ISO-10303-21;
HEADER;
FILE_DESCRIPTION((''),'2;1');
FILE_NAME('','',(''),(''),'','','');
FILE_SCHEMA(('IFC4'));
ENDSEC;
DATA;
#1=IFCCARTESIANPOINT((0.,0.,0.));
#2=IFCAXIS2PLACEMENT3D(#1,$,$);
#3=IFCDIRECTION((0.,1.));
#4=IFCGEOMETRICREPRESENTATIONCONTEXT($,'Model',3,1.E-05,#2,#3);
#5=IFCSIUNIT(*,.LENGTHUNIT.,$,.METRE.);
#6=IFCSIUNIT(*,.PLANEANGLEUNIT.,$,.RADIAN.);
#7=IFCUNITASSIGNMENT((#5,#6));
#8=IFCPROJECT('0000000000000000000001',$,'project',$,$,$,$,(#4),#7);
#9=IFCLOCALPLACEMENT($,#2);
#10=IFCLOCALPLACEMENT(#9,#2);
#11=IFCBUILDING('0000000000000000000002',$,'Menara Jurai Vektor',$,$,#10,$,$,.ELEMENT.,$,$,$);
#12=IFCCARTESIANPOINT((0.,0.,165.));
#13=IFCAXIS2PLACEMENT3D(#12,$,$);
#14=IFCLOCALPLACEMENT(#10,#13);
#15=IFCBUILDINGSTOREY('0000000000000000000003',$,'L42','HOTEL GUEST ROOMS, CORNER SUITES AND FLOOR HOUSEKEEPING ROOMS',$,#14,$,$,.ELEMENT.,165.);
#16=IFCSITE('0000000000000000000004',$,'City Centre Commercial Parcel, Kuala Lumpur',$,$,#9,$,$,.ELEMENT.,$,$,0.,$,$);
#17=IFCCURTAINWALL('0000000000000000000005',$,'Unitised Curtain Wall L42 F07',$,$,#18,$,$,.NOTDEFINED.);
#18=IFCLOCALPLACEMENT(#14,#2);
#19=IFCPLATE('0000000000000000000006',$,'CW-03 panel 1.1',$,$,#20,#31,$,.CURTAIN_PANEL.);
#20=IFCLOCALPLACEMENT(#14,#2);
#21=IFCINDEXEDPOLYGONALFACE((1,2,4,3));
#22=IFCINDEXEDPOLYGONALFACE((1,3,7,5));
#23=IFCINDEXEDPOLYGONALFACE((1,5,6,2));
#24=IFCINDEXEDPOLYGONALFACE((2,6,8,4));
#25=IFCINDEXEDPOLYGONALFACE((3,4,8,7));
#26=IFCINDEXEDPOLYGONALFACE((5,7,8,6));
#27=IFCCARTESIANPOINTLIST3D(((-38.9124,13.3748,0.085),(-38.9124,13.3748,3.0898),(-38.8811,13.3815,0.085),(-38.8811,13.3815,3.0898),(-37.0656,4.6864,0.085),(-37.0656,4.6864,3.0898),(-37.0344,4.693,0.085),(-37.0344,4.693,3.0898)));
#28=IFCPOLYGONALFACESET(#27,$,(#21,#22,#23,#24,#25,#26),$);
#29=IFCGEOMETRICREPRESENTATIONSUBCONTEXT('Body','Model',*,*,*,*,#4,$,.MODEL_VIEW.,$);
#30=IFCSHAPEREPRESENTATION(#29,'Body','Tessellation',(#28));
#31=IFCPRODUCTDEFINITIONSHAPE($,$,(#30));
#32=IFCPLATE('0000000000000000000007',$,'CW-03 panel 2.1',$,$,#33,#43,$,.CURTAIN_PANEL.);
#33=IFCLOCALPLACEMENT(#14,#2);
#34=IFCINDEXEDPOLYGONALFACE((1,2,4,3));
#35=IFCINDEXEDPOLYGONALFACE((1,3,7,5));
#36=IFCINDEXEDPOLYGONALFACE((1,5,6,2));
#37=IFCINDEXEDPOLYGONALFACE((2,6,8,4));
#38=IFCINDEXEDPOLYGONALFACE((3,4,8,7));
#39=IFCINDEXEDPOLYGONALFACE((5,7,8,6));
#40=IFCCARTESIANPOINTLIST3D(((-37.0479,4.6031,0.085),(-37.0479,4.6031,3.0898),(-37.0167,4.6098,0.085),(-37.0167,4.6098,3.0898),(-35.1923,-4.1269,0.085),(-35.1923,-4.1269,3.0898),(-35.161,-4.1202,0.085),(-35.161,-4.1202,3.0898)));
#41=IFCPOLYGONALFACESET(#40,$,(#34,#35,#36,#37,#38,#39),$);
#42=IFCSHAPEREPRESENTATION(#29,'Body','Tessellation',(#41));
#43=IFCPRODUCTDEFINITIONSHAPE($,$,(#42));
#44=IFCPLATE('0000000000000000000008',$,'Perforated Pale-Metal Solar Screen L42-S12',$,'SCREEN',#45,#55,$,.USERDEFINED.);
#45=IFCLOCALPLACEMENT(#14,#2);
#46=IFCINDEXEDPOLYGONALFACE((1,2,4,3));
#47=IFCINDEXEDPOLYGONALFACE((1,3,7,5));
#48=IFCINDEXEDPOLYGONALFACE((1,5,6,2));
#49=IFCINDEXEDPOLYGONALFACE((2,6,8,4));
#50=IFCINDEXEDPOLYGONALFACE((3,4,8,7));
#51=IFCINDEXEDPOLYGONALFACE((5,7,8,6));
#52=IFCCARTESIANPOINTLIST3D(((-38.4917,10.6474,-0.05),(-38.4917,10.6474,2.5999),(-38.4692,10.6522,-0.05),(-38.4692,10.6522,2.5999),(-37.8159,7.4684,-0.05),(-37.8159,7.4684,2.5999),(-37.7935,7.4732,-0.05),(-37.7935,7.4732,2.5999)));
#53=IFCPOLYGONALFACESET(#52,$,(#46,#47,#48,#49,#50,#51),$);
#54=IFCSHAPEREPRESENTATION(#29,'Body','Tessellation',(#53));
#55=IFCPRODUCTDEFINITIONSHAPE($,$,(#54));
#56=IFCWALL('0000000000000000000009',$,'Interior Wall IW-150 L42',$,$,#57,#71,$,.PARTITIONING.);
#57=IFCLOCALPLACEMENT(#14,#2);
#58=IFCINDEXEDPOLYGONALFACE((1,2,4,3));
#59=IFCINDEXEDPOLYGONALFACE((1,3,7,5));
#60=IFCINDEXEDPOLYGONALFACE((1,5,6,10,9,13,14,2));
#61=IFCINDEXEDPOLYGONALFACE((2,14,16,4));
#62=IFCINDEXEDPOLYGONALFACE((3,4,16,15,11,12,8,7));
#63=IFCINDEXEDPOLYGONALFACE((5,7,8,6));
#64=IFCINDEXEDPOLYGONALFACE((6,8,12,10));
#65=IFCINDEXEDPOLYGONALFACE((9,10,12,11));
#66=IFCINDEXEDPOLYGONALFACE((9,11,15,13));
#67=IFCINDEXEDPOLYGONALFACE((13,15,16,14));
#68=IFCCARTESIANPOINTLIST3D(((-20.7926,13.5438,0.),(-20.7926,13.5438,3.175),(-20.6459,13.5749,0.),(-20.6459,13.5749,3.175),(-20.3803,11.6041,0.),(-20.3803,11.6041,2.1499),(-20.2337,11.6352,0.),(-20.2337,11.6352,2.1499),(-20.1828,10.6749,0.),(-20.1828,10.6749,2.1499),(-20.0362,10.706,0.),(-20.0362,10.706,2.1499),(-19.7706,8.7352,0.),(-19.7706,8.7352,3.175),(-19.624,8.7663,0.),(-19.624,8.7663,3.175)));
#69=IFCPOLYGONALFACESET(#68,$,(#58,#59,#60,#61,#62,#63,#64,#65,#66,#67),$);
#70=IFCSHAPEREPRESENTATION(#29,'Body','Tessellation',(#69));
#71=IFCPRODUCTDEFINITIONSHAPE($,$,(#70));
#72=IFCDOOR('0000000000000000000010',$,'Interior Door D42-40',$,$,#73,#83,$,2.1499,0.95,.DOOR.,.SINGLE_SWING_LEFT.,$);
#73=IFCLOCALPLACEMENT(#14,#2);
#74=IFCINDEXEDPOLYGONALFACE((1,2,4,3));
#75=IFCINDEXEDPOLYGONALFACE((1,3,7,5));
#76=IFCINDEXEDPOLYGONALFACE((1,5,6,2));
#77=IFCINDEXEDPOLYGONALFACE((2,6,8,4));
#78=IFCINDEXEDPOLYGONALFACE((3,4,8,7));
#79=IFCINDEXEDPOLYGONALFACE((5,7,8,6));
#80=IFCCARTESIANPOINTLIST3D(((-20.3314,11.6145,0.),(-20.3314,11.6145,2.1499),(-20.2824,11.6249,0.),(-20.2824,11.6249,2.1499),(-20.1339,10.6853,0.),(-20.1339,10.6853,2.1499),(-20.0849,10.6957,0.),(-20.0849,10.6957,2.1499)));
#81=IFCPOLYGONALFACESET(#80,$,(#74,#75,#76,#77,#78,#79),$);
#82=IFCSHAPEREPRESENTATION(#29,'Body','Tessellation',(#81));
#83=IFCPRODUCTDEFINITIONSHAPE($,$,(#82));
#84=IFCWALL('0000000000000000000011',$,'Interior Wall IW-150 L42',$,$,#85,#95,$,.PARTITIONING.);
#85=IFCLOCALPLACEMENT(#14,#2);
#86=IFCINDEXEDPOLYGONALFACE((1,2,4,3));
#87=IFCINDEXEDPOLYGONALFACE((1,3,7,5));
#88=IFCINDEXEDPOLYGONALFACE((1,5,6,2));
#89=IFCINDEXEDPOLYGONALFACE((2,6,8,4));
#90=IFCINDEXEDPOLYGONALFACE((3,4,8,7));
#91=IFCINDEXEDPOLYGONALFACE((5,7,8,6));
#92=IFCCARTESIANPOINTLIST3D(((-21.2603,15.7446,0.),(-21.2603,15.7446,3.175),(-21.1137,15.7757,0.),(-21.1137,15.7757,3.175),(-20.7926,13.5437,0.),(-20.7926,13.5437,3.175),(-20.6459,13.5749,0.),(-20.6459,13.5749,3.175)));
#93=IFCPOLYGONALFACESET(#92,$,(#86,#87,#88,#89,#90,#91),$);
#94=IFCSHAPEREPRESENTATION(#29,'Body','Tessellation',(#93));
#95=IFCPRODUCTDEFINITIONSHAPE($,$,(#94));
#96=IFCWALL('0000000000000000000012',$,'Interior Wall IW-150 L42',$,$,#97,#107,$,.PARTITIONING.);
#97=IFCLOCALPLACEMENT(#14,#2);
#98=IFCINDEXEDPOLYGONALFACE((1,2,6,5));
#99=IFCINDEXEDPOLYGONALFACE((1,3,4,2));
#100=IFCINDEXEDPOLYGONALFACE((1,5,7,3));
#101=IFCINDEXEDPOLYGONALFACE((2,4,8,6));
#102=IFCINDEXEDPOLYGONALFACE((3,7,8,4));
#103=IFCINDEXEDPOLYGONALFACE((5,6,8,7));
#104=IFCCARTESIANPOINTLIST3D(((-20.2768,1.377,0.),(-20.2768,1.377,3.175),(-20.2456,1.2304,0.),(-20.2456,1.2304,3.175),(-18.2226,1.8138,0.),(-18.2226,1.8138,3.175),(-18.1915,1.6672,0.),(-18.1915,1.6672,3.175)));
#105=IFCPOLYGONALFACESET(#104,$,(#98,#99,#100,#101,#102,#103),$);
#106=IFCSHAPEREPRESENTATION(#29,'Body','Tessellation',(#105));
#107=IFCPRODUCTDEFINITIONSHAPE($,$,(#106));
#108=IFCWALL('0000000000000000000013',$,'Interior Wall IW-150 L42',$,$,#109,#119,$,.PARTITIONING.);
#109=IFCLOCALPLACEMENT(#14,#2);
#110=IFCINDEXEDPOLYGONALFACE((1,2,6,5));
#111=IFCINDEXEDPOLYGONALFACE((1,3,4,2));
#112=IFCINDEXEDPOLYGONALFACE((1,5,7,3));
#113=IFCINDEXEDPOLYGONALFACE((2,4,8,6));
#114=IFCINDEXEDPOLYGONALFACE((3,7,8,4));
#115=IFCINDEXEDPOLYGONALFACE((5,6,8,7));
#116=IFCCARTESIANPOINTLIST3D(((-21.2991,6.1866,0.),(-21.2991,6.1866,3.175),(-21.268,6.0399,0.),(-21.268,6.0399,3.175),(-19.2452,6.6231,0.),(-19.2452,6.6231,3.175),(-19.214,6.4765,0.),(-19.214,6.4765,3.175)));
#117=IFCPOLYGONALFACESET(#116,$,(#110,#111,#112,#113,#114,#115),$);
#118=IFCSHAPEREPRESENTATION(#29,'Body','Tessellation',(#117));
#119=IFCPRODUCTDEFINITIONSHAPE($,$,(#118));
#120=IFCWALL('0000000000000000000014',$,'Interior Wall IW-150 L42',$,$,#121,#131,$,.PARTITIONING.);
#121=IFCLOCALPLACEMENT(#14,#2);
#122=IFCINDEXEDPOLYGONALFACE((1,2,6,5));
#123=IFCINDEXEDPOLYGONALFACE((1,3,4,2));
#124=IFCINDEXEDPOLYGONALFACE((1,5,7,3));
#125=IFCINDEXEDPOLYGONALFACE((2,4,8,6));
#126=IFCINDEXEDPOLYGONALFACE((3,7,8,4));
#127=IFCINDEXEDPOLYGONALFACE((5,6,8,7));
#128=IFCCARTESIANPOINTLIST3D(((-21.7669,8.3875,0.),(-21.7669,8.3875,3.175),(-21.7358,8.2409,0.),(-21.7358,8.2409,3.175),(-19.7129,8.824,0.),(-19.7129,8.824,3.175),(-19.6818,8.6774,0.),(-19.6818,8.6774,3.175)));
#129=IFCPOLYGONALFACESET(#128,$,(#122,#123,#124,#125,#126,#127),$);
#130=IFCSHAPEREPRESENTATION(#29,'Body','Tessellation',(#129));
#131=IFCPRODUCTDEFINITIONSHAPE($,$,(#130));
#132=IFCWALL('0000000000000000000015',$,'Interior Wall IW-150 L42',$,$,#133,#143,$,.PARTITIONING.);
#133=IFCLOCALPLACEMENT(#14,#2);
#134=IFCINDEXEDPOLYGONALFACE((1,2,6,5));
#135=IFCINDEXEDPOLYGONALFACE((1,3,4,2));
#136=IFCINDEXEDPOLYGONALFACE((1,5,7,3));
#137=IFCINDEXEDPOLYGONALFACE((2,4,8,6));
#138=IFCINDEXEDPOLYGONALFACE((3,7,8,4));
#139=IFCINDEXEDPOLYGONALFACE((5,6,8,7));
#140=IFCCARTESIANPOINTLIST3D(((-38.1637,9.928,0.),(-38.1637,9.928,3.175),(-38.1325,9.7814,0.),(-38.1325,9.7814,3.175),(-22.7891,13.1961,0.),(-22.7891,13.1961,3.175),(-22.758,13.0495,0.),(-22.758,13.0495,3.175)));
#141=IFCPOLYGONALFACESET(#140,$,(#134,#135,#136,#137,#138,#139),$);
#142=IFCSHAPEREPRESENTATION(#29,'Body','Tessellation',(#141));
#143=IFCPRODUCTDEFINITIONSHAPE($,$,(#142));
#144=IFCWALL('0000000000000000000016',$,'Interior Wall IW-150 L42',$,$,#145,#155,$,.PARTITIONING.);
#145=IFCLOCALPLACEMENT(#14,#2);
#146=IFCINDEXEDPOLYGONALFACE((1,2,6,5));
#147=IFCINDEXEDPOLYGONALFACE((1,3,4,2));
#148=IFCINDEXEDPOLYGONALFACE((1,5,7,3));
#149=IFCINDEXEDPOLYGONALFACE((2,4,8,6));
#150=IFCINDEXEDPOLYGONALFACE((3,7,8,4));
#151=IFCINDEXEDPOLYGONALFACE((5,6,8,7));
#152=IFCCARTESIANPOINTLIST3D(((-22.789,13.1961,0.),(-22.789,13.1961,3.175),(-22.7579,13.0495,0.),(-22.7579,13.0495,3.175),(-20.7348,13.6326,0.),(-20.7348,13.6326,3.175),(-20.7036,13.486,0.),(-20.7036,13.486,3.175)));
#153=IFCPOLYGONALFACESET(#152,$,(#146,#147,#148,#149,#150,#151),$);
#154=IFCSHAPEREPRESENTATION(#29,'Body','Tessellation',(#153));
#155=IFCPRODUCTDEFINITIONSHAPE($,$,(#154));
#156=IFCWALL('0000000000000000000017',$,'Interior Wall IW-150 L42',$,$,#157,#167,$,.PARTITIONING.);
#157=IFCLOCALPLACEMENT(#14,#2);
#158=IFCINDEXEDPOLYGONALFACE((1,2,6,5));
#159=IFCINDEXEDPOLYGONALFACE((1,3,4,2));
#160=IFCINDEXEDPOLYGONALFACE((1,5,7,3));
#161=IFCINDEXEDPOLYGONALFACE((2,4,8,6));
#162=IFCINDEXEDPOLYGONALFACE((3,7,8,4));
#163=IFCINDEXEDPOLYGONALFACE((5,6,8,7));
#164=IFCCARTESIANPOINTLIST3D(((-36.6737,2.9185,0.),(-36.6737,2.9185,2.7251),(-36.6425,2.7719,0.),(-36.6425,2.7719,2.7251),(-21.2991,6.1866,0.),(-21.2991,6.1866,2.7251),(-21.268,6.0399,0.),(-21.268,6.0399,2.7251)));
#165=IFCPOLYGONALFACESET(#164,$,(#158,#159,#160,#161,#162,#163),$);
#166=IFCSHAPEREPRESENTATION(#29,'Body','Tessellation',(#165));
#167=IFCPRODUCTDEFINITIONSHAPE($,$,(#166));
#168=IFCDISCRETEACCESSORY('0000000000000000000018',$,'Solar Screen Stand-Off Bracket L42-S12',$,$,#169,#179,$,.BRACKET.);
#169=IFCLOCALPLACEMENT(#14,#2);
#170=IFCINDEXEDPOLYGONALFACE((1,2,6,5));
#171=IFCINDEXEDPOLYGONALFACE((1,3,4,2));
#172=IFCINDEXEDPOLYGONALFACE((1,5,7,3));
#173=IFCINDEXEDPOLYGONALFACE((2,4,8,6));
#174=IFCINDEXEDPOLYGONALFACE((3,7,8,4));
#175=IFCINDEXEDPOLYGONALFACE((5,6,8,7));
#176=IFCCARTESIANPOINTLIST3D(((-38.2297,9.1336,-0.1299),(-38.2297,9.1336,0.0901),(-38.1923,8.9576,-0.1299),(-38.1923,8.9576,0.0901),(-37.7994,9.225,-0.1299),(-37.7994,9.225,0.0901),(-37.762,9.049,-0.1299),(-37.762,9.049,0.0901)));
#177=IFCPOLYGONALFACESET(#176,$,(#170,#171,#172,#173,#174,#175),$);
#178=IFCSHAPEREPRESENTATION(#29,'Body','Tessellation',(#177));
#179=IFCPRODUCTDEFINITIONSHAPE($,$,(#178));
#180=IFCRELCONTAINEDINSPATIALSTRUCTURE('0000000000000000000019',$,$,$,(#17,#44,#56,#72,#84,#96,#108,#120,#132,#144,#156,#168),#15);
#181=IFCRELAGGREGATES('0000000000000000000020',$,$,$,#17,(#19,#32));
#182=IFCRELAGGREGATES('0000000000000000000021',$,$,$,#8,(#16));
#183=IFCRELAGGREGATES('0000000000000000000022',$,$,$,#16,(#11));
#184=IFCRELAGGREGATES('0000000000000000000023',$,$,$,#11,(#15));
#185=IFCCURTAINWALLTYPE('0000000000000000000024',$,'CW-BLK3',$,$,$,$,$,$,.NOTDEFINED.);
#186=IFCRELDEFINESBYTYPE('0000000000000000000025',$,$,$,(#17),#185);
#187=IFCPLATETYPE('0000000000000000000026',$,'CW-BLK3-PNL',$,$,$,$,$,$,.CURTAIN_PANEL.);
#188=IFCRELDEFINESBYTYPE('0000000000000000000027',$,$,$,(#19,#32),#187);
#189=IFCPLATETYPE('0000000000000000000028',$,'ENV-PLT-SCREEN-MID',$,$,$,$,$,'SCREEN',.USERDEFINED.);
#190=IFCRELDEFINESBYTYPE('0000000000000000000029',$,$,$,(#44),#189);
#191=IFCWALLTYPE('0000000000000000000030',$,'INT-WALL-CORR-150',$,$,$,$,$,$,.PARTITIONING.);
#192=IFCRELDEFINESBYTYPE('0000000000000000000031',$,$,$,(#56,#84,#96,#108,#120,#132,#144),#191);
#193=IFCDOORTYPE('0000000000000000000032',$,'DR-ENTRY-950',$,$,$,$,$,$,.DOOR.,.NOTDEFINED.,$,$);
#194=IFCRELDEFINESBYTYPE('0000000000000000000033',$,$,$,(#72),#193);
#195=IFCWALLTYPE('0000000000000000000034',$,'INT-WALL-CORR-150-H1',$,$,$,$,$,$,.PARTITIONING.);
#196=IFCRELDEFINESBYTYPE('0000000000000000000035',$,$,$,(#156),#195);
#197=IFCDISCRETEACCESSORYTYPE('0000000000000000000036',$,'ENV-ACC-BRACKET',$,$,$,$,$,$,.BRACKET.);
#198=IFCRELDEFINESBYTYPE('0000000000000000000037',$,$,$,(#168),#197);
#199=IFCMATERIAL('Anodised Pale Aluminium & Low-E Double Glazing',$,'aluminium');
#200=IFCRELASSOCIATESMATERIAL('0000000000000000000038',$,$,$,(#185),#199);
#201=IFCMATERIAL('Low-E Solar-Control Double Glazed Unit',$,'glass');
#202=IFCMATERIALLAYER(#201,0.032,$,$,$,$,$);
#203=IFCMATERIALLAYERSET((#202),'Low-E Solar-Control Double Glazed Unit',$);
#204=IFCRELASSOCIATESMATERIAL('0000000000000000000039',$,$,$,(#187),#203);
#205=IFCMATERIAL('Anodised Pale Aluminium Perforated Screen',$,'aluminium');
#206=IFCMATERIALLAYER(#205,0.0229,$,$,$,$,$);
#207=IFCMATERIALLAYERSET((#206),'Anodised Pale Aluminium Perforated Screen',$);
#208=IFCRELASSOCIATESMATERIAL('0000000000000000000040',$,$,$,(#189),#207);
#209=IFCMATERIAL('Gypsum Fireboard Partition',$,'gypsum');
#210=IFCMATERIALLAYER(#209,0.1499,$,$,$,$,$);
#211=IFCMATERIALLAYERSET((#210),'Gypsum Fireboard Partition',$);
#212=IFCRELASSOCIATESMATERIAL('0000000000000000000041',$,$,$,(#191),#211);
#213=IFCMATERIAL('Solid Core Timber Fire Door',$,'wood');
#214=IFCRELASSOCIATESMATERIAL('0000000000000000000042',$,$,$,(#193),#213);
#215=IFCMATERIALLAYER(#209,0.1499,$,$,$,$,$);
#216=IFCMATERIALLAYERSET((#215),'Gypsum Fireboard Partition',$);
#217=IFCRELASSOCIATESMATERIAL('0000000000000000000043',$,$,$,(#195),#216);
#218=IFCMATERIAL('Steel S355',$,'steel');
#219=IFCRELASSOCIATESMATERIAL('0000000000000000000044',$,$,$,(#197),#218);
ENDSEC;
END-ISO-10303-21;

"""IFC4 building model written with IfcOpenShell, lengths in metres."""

from ifc_helpers import new_model, si_unit, direction, frame, frame_2d, origin, origin_2d, place, context, subcontext, project, spatial, rectangle, extrude, material, layer, layer_set, type_object, element, fill, aggregate, save


model = new_model("IFC4")

# Units and contexts
model_context = context("Model", 3, precision=1e-05, world=origin(), true_north=direction((0.0, 1.0)))
body_context = subcontext(model_context, "Body", "Model", "MODEL_VIEW")
ifc_project = project(units=[si_unit("LENGTHUNIT", "METRE"), si_unit("PLANEANGLEUNIT", "RADIAN")], contexts=[model_context])

# Site, building, storey
site_placement = place(None, origin())
site = spatial("IfcSite", under=ifc_project, at=site_placement, Name="City Centre Commercial Parcel, Kuala Lumpur", CompositionType="ELEMENT", RefElevation=0.0)
building_placement = place(site_placement, origin())
building = spatial("IfcBuilding", under=site, at=building_placement, Name="Menara Jurai Vektor", CompositionType="ELEMENT")
storey_placement = place(building_placement, frame((0.0, 0.0, 165.0)))
storey = spatial("IfcBuildingStorey", under=building, at=storey_placement, Name="L42", Description="HOTEL GUEST ROOMS, CORNER SUITES AND FLOOR HOUSEKEEPING ROOMS", CompositionType="ELEMENT", Elevation=165.0)

# Curtain wall
ifc_material_1 = material(Name="Anodised Pale Aluminium & Low-E Double Glazing", Category="aluminium")
curtain_wall_type = type_object("IfcCurtainWallType", Name="CW-BLK3", PredefinedType="NOTDEFINED", material=ifc_material_1)
curtain_wall_placement = place(storey_placement, origin())
curtain_wall = element("IfcCurtainWall", 1, at=curtain_wall_placement, inside=storey, type_object=curtain_wall_type, Name="Unitised Curtain Wall L42 F07", PredefinedType="NOTDEFINED")

# Shared definitions
ifc_material_2 = material(Name="Steel S355", Category="steel")

# Plates
ifc_material_3 = material(Name="Low-E Solar-Control Double Glazed Unit", Category="glass")
ifc_layer_1 = layer(ifc_material_3, 0.032)
ifc_layer_set_1 = layer_set([ifc_layer_1], Name="Low-E Solar-Control Double Glazed Unit")
plate_type_1 = type_object("IfcPlateType", Name="CW-BLK3-PNL", PredefinedType="CURTAIN_PANEL", material=ifc_layer_set_1)
plate_1_placement = place(storey_placement, frame((-37.9734, 9.0339, 0.085), z_axis=(0.0, 0.0, 1.0), x_axis=(0.20791, -0.978148, 0.0)))
plate_1 = element("IfcPlate", 2, at=plate_1_placement, type_object=plate_type_1, Name="CW-03 panel 1.1", PredefinedType="CURTAIN_PANEL", context=body_context, shape_type="SweptSolid", body=[
    extrude(rectangle(XDim=8.8826, YDim=0.032, at=origin_2d()), origin(), (0.0, 0.0, 1.0), 3.0049),
])
plate_2_placement = place(storey_placement, frame((-36.1045, 0.2415, 0.085), z_axis=(0.0, 0.0, 1.0), x_axis=(0.20791, -0.978148, 0.0)))
plate_2 = element("IfcPlate", 3, at=plate_2_placement, type_object=plate_type_1, Name="CW-03 panel 2.1", PredefinedType="CURTAIN_PANEL", context=body_context, shape_type="SweptSolid", body=[
    extrude(rectangle(XDim=8.925, YDim=0.032, at=origin_2d()), origin(), (0.0, 0.0, 1.0), 3.0049),
])
aggregate(curtain_wall, [plate_1, plate_2])
ifc_material_4 = material(Name="Anodised Pale Aluminium Perforated Screen", Category="aluminium")
ifc_layer_2 = layer(ifc_material_4, 0.0229)
ifc_layer_set_2 = layer_set([ifc_layer_2], Name="Anodised Pale Aluminium Perforated Screen")
plate_type_2 = type_object("IfcPlateType", Name="ENV-PLT-SCREEN-MID", ElementType="SCREEN", PredefinedType="USERDEFINED", material=ifc_layer_set_2)
plate_3_placement = place(storey_placement, frame((-38.1426, 9.0603, -0.05), z_axis=(0.0, 0.0, 1.0), x_axis=(0.207912, -0.978148, 0.0)))
element("IfcPlate", 4, at=plate_3_placement, inside=storey, type_object=plate_type_2, Name="Perforated Pale-Metal Solar Screen L42-S12", ObjectType="SCREEN", PredefinedType="USERDEFINED", context=body_context, shape_type="SweptSolid", body=[
    extrude(rectangle(XDim=3.25, YDim=0.0229, at=origin_2d()), origin(), (0.0, 0.0, 1.0), 2.6499),
])

# Wall, opening, door
ifc_material_5 = material(Name="Gypsum Fireboard Partition", Category="gypsum")
ifc_layer_3 = layer(ifc_material_5, 0.1499)
ifc_layer_set_3 = layer_set([ifc_layer_3], Name="Gypsum Fireboard Partition")
wall_type_1 = type_object("IfcWallType", Name="INT-WALL-CORR-150", PredefinedType="PARTITIONING", material=ifc_layer_set_3)
wall_1_placement = place(storey_placement, frame((-19.6973, 8.7507, 0.0), z_axis=(0.0, 0.0, 1.0), x_axis=(-0.207887, 0.978153, 0.0)))
wall_1 = element("IfcWall", 5, at=wall_1_placement, inside=storey, type_object=wall_type_1, Name="Interior Wall IW-150 L42", PredefinedType="PARTITIONING", context=body_context, shape_type="SweptSolid", body=[
    extrude(rectangle(XDim=4.916, YDim=0.1499, at=frame_2d((2.458, 0.0))), origin(), (0.0, 0.0, 1.0), 3.175),
])
opening_1_placement = place(wall_1_placement, frame((1.9829, 0.0, 0.0)))
opening_1 = element("IfcOpeningElement", 6, at=opening_1_placement, cuts=wall_1, PredefinedType="OPENING", context=body_context, shape_type="SweptSolid", body=[
    extrude(rectangle(XDim=0.95, YDim=2.1499, at=frame_2d((0.4751, 1.075))), frame((0.0, 0.085, 0.0), z_axis=(0.0, -1.0, 0.0), x_axis=(1.0, 0.0, 0.0)), (0.0, 0.0, 1.0), 0.1699),
])
ifc_material_6 = material(Name="Solid Core Timber Fire Door", Category="wood")
door_type_1 = type_object("IfcDoorType", Name="DR-ENTRY-950", OperationType="NOTDEFINED", PredefinedType="DOOR", material=ifc_material_6)
door_1_placement = place(opening_1_placement, origin())
door_1 = element("IfcDoor", 7, at=door_1_placement, inside=storey, type_object=door_type_1, Name="Interior Door D42-40", OperationType="SINGLE_SWING_LEFT", OverallHeight=2.1499, OverallWidth=0.95, PredefinedType="DOOR", context=body_context, shape_type="SweptSolid", body=[
    extrude(rectangle(XDim=0.95, YDim=2.1499, at=frame_2d((0.4751, 1.075))), frame((0.0, 0.0249, 0.0), z_axis=(0.0, -1.0, 0.0), x_axis=(1.0, 0.0, 0.0)), (0.0, 0.0, 1.0), 0.05),
])
fill(opening_1, door_1)

# Walls
wall_2_placement = place(storey_placement, frame((-20.7192, 13.5593, 0.0), z_axis=(0.0, 0.0, 1.0), x_axis=(-0.207891, 0.978152, 0.0)))
element("IfcWall", 8, at=wall_2_placement, inside=storey, type_object=wall_type_1, Name="Interior Wall IW-150 L42", PredefinedType="PARTITIONING", context=body_context, shape_type="SweptSolid", body=[
    extrude(rectangle(XDim=2.25, YDim=0.1499, at=frame_2d((1.125, 0.0))), origin(), (0.0, 0.0, 1.0), 3.175),
])
wall_3_placement = place(storey_placement, frame((-20.2612, 1.3037, 0.0), z_axis=(0.0, 0.0, 1.0), x_axis=(0.978135, 0.207973, 0.0)))
element("IfcWall", 9, at=wall_3_placement, inside=storey, type_object=wall_type_1, Name="Interior Wall IW-150 L42", PredefinedType="PARTITIONING", context=body_context, shape_type="SweptSolid", body=[
    extrude(rectangle(XDim=2.1001, YDim=0.1499, at=frame_2d((1.05, 0.0))), origin(), (0.0, 0.0, 1.0), 3.175),
])
wall_4_placement = place(storey_placement, frame((-21.2834, 6.1133, 0.0), z_axis=(0.0, 0.0, 1.0), x_axis=(0.978153, 0.207885, 0.0)))
element("IfcWall", 10, at=wall_4_placement, inside=storey, type_object=wall_type_1, Name="Interior Wall IW-150 L42", PredefinedType="PARTITIONING", context=body_context, shape_type="SweptSolid", body=[
    extrude(rectangle(XDim=2.0999, YDim=0.1499, at=frame_2d((1.0498, 0.0))), origin(), (0.0, 0.0, 1.0), 3.175),
])

# Walls
wall_5_placement = place(storey_placement, frame((-21.7512, 8.3142, 0.0), z_axis=(0.0, 0.0, 1.0), x_axis=(0.978153, 0.207885, 0.0)))
element("IfcWall", 11, at=wall_5_placement, inside=storey, type_object=wall_type_1, Name="Interior Wall IW-150 L42", PredefinedType="PARTITIONING", context=body_context, shape_type="SweptSolid", body=[
    extrude(rectangle(XDim=2.0999, YDim=0.1499, at=frame_2d((1.0498, 0.0))), origin(), (0.0, 0.0, 1.0), 3.175),
])
wall_6_placement = place(storey_placement, frame((-38.1479, 9.8547, 0.0), z_axis=(0.0, 0.0, 1.0), x_axis=(0.978146, 0.207919, 0.0)))
element("IfcWall", 12, at=wall_6_placement, inside=storey, type_object=wall_type_1, Name="Interior Wall IW-150 L42", PredefinedType="PARTITIONING", context=body_context, shape_type="SweptSolid", body=[
    extrude(rectangle(XDim=15.718, YDim=0.1499, at=frame_2d((7.8589, 0.0))), origin(), (0.0, 0.0, 1.0), 3.175),
])
wall_7_placement = place(storey_placement, frame((-22.7734, 13.1228, 0.0), z_axis=(0.0, 0.0, 1.0), x_axis=(0.978158, 0.207862, 0.0)))
element("IfcWall", 13, at=wall_7_placement, inside=storey, type_object=wall_type_1, Name="Interior Wall IW-150 L42", PredefinedType="PARTITIONING", context=body_context, shape_type="SweptSolid", body=[
    extrude(rectangle(XDim=2.1001, YDim=0.1499, at=frame_2d((1.05, 0.0))), origin(), (0.0, 0.0, 1.0), 3.175),
])

# Wall
ifc_layer_4 = layer(ifc_material_5, 0.1499)
ifc_layer_set_4 = layer_set([ifc_layer_4], Name="Gypsum Fireboard Partition")
wall_type_2 = type_object("IfcWallType", Name="INT-WALL-CORR-150-H1", PredefinedType="PARTITIONING", material=ifc_layer_set_4)
wall_8_placement = place(storey_placement, frame((-36.658, 2.8452, 0.0), z_axis=(0.0, 0.0, 1.0), x_axis=(0.978146, 0.207919, 0.0)))
element("IfcWall", 14, at=wall_8_placement, inside=storey, type_object=wall_type_2, Name="Interior Wall IW-150 L42", PredefinedType="PARTITIONING", context=body_context, shape_type="SweptSolid", body=[
    extrude(rectangle(XDim=15.718, YDim=0.1499, at=frame_2d((7.8589, 0.0))), origin(), (0.0, 0.0, 1.0), 2.7251),
])

# Discrete accessory
discrete_accessory_type = type_object("IfcDiscreteAccessoryType", Name="ENV-ACC-BRACKET", PredefinedType="BRACKET", material=ifc_material_2)
discrete_accessory_placement = place(storey_placement, frame((-37.9958, 9.0913, -0.1299), z_axis=(0.0, 0.0, 1.0), x_axis=(0.207912, -0.978148, 0.0)))
element("IfcDiscreteAccessory", 15, at=discrete_accessory_placement, inside=storey, type_object=discrete_accessory_type, Name="Solar Screen Stand-Off Bracket L42-S12", PredefinedType="BRACKET", context=body_context, shape_type="SweptSolid", body=[
    extrude(rectangle(XDim=0.1799, YDim=0.4399, at=origin_2d()), origin(), (0.0, 0.0, 1.0), 0.22),
])

save(model, "model.ifc")
